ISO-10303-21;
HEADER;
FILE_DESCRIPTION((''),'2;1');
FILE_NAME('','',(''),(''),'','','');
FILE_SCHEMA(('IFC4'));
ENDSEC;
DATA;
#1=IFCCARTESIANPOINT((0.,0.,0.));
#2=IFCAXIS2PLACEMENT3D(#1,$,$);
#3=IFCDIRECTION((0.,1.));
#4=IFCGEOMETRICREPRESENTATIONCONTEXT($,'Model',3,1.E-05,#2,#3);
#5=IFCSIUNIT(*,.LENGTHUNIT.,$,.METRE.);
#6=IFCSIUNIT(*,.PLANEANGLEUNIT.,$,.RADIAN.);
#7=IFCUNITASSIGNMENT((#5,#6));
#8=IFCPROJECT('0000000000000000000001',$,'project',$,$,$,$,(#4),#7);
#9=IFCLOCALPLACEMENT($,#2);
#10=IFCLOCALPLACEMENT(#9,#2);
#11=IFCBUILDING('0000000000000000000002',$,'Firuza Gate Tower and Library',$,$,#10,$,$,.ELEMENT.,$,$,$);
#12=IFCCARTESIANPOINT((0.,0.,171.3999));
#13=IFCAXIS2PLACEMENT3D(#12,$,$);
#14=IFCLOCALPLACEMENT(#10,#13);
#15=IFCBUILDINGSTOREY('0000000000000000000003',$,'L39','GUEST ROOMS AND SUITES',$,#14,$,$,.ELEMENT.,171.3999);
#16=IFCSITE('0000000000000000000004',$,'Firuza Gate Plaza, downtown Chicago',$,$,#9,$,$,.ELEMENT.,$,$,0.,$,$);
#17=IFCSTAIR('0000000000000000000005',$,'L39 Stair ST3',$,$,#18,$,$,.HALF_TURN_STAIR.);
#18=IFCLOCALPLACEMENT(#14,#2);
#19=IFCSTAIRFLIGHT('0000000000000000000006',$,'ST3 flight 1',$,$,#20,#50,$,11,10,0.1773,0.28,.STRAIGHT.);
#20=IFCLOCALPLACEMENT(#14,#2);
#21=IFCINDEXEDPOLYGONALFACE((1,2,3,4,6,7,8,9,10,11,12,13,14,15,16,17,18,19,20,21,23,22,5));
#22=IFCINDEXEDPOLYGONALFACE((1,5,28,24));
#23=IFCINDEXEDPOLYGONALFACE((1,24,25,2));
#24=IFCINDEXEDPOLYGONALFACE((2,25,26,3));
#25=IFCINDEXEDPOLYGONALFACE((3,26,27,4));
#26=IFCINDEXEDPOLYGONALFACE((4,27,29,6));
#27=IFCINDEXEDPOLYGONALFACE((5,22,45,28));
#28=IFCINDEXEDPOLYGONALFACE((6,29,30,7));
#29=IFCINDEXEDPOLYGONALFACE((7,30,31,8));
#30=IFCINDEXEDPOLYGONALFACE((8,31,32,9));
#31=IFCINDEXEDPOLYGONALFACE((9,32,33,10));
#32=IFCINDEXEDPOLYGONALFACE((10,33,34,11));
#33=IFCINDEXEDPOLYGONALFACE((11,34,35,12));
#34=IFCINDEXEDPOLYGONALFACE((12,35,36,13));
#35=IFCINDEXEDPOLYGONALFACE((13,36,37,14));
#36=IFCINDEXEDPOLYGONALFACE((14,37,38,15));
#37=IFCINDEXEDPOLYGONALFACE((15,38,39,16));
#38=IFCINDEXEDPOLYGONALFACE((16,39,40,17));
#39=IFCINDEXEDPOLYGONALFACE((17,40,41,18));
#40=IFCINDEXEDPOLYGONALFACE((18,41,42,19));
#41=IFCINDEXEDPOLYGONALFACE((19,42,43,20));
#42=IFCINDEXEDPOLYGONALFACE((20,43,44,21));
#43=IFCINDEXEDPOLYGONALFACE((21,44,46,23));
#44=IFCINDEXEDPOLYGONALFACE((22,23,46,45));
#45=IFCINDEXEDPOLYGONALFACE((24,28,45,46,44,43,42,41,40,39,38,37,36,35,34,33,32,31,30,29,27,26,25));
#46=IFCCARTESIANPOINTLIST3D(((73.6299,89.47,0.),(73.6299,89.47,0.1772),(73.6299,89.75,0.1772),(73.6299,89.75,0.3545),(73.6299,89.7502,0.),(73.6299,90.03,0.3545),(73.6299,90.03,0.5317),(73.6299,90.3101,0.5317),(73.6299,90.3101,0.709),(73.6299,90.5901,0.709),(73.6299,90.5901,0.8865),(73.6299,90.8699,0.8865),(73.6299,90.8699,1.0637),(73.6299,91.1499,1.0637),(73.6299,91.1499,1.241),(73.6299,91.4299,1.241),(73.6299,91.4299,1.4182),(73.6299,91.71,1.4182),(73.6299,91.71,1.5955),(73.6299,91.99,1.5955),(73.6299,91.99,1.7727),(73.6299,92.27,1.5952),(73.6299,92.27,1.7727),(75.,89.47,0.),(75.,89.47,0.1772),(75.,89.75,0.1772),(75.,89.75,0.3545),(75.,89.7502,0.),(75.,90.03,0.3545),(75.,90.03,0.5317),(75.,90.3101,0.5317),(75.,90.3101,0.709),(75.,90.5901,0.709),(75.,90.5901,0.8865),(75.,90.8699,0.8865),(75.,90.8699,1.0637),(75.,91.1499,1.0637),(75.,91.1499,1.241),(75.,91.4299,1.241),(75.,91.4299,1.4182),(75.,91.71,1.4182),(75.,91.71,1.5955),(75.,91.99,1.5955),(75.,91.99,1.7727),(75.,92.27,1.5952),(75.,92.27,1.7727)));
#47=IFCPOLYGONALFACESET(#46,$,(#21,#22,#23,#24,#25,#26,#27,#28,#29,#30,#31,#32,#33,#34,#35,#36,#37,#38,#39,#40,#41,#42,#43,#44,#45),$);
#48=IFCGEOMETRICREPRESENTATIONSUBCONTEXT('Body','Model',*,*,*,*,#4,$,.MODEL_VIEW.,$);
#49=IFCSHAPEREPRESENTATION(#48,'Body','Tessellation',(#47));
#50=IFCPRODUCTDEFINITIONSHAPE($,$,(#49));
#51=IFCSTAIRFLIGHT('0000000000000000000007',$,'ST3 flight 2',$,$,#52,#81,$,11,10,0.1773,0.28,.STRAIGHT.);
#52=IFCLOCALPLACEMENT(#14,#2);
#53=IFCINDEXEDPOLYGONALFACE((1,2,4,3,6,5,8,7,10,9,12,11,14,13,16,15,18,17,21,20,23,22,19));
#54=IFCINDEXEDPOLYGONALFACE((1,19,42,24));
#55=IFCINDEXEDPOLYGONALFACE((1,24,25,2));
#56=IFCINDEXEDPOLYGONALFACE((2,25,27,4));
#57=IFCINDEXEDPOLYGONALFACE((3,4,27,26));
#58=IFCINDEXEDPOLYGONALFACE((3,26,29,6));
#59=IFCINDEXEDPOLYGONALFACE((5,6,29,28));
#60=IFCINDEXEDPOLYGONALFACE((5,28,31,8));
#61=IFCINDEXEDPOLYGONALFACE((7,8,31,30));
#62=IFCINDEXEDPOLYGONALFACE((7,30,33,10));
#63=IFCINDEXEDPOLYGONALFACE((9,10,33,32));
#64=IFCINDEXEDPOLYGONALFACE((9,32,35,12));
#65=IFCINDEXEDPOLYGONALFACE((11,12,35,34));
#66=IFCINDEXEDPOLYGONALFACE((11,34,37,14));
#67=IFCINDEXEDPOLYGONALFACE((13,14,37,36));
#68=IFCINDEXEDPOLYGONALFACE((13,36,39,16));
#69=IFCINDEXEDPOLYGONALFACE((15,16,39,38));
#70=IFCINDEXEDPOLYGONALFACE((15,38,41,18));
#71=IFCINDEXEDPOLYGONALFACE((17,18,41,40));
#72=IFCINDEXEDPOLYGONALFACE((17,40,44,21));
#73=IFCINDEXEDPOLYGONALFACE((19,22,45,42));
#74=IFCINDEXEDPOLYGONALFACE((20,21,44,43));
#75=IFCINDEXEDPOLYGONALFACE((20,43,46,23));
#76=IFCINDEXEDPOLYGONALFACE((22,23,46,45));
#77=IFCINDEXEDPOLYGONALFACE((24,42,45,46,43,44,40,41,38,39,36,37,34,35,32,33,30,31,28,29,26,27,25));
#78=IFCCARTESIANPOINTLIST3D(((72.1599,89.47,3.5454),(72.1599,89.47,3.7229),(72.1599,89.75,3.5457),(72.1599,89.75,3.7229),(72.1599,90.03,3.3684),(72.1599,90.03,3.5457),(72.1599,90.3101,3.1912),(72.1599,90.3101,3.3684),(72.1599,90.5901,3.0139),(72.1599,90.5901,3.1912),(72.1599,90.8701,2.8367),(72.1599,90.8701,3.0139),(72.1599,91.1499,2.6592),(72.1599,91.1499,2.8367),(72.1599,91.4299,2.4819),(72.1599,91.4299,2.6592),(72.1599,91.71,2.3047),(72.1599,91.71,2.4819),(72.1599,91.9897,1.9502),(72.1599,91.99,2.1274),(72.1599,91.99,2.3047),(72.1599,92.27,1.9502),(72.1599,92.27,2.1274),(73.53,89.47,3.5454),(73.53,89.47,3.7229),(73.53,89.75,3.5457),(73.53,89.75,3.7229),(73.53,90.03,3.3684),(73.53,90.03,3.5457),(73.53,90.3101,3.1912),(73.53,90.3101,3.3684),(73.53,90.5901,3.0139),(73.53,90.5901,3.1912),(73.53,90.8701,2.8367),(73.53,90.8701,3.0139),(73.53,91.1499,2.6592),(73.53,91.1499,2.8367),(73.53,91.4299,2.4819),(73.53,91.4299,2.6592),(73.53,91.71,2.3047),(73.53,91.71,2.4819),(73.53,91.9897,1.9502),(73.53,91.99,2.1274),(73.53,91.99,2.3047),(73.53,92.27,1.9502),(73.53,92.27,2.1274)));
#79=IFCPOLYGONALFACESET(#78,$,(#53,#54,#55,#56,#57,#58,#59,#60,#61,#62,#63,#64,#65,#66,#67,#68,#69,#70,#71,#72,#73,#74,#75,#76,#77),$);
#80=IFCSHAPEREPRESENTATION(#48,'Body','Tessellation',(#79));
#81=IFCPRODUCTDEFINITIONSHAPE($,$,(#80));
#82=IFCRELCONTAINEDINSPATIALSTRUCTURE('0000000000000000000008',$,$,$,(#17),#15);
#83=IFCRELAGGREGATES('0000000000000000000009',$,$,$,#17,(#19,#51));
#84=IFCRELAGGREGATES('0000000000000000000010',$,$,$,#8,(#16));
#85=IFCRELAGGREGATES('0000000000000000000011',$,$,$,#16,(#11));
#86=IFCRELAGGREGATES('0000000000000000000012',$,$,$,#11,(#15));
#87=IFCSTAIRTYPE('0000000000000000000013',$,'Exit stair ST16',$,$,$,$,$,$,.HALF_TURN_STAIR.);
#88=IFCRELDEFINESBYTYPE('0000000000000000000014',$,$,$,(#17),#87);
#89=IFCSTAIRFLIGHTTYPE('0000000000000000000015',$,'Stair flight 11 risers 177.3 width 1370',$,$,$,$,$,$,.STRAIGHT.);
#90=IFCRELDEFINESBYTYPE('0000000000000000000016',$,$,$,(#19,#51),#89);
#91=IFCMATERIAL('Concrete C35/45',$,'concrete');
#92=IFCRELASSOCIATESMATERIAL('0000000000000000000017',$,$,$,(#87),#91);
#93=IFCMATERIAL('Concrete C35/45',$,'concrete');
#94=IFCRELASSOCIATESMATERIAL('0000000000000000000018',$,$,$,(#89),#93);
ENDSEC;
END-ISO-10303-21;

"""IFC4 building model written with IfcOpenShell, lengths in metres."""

from ifc_helpers import new_model, si_unit, direction, frame, origin, place, context, subcontext, project, spatial, polyline, outline, extrude, material, type_object, element, aggregate, save


model = new_model("IFC4")

# Units and contexts
model_context = context("Model", 3, precision=1e-05, world=origin(), true_north=direction((0.0, 1.0)))
body_context = subcontext(model_context, "Body", "Model", "MODEL_VIEW")
ifc_project = project(units=[si_unit("LENGTHUNIT", "METRE"), si_unit("PLANEANGLEUNIT", "RADIAN")], contexts=[model_context])

# Site, building, storey
site_placement = place(None, origin())
site = spatial("IfcSite", under=ifc_project, at=site_placement, Name="Firuza Gate Plaza, downtown Chicago", CompositionType="ELEMENT", RefElevation=0.0)
building_placement = place(site_placement, origin())
building = spatial("IfcBuilding", under=site, at=building_placement, Name="Firuza Gate Tower and Library", CompositionType="ELEMENT")
storey_placement = place(building_placement, frame((0.0, 0.0, 171.3999)))
storey = spatial("IfcBuildingStorey", under=building, at=storey_placement, Name="L39", Description="GUEST ROOMS AND SUITES", CompositionType="ELEMENT", Elevation=171.3999)

# Stair, stair flights
ifc_material_1 = material(Name="Concrete C35/45", Category="concrete")
stair_type = type_object("IfcStairType", Name="Exit stair ST16", PredefinedType="HALF_TURN_STAIR", material=ifc_material_1)
stair_placement = place(storey_placement, origin())
stair = element("IfcStair", 1, at=stair_placement, inside=storey, type_object=stair_type, Name="L39 Stair ST3", PredefinedType="HALF_TURN_STAIR")
ifc_material_2 = material(Name="Concrete C35/45", Category="concrete")
stair_flight_type = type_object("IfcStairFlightType", Name="Stair flight 11 risers 177.3 width 1370", PredefinedType="STRAIGHT", material=ifc_material_2)
stair_flight_1_placement = place(storey_placement, frame((74.3149, 89.47, 0.0), z_axis=(0.0, 0.0, 1.0), x_axis=(0.0, 1.0, 0.0)))
stair_flight_1 = element("IfcStairFlight", 2, at=stair_flight_1_placement, type_object=stair_flight_type, Name="ST3 flight 1", NumberOfRisers=11, NumberOfTreads=10, PredefinedType="STRAIGHT", RiserHeight=0.1773, TreadLength=0.28, context=body_context, shape_type="SweptSolid", body=[
    extrude(outline(polyline([(0.0, 0.0), (0.0, 0.1772), (0.28, 0.1772), (0.28, 0.3545), (0.5601, 0.3545), (0.5601, 0.5317), (0.8401, 0.5317), (0.8401, 0.709), (1.1201, 0.709), (1.1201, 0.8865), (1.3999, 0.8865), (1.3999, 1.0637), (1.6799, 1.0637), (1.6799, 1.241), (1.96, 1.241), (1.96, 1.4182), (2.24, 1.4182), (2.24, 1.5955), (2.52, 1.5955), (2.52, 1.7727), (2.8, 1.7727), (2.8, 1.95), (2.8, 1.5952), (0.2803, 0.0), (0.0, 0.0)])), frame((0.0, 0.6851, 0.0), z_axis=(0.0, -1.0, 0.0), x_axis=(1.0, 0.0, 0.0)), (0.0, 0.0, 1.0), 1.3701),
])
stair_flight_2_placement = place(storey_placement, frame((72.845, 92.27, 1.9502), z_axis=(0.0, 0.0, 1.0), x_axis=(0.0, -1.0, 0.0)))
stair_flight_2 = element("IfcStairFlight", 3, at=stair_flight_2_placement, type_object=stair_flight_type, Name="ST3 flight 2", NumberOfRisers=11, NumberOfTreads=10, PredefinedType="STRAIGHT", RiserHeight=0.1773, TreadLength=0.28, context=body_context, shape_type="SweptSolid", body=[
    extrude(outline(polyline([(0.0, 0.0), (0.0, 0.1772), (0.28, 0.1772), (0.28, 0.3545), (0.5601, 0.3545), (0.5601, 0.5317), (0.8401, 0.5317), (0.8401, 0.709), (1.1201, 0.709), (1.1201, 0.8865), (1.3999, 0.8865), (1.3999, 1.0637), (1.6799, 1.0637), (1.6799, 1.241), (1.96, 1.241), (1.96, 1.4182), (2.24, 1.4182), (2.24, 1.5955), (2.52, 1.5955), (2.52, 1.7727), (2.8, 1.7727), (2.8, 1.95), (2.8, 1.5952), (0.2803, 0.0), (0.0, 0.0)])), frame((0.0, 0.6851, 0.0), z_axis=(0.0, -1.0, 0.0), x_axis=(1.0, 0.0, 0.0)), (0.0, 0.0, 1.0), 1.3701),
])
aggregate(stair, [stair_flight_1, stair_flight_2])

save(model, "model.ifc")
